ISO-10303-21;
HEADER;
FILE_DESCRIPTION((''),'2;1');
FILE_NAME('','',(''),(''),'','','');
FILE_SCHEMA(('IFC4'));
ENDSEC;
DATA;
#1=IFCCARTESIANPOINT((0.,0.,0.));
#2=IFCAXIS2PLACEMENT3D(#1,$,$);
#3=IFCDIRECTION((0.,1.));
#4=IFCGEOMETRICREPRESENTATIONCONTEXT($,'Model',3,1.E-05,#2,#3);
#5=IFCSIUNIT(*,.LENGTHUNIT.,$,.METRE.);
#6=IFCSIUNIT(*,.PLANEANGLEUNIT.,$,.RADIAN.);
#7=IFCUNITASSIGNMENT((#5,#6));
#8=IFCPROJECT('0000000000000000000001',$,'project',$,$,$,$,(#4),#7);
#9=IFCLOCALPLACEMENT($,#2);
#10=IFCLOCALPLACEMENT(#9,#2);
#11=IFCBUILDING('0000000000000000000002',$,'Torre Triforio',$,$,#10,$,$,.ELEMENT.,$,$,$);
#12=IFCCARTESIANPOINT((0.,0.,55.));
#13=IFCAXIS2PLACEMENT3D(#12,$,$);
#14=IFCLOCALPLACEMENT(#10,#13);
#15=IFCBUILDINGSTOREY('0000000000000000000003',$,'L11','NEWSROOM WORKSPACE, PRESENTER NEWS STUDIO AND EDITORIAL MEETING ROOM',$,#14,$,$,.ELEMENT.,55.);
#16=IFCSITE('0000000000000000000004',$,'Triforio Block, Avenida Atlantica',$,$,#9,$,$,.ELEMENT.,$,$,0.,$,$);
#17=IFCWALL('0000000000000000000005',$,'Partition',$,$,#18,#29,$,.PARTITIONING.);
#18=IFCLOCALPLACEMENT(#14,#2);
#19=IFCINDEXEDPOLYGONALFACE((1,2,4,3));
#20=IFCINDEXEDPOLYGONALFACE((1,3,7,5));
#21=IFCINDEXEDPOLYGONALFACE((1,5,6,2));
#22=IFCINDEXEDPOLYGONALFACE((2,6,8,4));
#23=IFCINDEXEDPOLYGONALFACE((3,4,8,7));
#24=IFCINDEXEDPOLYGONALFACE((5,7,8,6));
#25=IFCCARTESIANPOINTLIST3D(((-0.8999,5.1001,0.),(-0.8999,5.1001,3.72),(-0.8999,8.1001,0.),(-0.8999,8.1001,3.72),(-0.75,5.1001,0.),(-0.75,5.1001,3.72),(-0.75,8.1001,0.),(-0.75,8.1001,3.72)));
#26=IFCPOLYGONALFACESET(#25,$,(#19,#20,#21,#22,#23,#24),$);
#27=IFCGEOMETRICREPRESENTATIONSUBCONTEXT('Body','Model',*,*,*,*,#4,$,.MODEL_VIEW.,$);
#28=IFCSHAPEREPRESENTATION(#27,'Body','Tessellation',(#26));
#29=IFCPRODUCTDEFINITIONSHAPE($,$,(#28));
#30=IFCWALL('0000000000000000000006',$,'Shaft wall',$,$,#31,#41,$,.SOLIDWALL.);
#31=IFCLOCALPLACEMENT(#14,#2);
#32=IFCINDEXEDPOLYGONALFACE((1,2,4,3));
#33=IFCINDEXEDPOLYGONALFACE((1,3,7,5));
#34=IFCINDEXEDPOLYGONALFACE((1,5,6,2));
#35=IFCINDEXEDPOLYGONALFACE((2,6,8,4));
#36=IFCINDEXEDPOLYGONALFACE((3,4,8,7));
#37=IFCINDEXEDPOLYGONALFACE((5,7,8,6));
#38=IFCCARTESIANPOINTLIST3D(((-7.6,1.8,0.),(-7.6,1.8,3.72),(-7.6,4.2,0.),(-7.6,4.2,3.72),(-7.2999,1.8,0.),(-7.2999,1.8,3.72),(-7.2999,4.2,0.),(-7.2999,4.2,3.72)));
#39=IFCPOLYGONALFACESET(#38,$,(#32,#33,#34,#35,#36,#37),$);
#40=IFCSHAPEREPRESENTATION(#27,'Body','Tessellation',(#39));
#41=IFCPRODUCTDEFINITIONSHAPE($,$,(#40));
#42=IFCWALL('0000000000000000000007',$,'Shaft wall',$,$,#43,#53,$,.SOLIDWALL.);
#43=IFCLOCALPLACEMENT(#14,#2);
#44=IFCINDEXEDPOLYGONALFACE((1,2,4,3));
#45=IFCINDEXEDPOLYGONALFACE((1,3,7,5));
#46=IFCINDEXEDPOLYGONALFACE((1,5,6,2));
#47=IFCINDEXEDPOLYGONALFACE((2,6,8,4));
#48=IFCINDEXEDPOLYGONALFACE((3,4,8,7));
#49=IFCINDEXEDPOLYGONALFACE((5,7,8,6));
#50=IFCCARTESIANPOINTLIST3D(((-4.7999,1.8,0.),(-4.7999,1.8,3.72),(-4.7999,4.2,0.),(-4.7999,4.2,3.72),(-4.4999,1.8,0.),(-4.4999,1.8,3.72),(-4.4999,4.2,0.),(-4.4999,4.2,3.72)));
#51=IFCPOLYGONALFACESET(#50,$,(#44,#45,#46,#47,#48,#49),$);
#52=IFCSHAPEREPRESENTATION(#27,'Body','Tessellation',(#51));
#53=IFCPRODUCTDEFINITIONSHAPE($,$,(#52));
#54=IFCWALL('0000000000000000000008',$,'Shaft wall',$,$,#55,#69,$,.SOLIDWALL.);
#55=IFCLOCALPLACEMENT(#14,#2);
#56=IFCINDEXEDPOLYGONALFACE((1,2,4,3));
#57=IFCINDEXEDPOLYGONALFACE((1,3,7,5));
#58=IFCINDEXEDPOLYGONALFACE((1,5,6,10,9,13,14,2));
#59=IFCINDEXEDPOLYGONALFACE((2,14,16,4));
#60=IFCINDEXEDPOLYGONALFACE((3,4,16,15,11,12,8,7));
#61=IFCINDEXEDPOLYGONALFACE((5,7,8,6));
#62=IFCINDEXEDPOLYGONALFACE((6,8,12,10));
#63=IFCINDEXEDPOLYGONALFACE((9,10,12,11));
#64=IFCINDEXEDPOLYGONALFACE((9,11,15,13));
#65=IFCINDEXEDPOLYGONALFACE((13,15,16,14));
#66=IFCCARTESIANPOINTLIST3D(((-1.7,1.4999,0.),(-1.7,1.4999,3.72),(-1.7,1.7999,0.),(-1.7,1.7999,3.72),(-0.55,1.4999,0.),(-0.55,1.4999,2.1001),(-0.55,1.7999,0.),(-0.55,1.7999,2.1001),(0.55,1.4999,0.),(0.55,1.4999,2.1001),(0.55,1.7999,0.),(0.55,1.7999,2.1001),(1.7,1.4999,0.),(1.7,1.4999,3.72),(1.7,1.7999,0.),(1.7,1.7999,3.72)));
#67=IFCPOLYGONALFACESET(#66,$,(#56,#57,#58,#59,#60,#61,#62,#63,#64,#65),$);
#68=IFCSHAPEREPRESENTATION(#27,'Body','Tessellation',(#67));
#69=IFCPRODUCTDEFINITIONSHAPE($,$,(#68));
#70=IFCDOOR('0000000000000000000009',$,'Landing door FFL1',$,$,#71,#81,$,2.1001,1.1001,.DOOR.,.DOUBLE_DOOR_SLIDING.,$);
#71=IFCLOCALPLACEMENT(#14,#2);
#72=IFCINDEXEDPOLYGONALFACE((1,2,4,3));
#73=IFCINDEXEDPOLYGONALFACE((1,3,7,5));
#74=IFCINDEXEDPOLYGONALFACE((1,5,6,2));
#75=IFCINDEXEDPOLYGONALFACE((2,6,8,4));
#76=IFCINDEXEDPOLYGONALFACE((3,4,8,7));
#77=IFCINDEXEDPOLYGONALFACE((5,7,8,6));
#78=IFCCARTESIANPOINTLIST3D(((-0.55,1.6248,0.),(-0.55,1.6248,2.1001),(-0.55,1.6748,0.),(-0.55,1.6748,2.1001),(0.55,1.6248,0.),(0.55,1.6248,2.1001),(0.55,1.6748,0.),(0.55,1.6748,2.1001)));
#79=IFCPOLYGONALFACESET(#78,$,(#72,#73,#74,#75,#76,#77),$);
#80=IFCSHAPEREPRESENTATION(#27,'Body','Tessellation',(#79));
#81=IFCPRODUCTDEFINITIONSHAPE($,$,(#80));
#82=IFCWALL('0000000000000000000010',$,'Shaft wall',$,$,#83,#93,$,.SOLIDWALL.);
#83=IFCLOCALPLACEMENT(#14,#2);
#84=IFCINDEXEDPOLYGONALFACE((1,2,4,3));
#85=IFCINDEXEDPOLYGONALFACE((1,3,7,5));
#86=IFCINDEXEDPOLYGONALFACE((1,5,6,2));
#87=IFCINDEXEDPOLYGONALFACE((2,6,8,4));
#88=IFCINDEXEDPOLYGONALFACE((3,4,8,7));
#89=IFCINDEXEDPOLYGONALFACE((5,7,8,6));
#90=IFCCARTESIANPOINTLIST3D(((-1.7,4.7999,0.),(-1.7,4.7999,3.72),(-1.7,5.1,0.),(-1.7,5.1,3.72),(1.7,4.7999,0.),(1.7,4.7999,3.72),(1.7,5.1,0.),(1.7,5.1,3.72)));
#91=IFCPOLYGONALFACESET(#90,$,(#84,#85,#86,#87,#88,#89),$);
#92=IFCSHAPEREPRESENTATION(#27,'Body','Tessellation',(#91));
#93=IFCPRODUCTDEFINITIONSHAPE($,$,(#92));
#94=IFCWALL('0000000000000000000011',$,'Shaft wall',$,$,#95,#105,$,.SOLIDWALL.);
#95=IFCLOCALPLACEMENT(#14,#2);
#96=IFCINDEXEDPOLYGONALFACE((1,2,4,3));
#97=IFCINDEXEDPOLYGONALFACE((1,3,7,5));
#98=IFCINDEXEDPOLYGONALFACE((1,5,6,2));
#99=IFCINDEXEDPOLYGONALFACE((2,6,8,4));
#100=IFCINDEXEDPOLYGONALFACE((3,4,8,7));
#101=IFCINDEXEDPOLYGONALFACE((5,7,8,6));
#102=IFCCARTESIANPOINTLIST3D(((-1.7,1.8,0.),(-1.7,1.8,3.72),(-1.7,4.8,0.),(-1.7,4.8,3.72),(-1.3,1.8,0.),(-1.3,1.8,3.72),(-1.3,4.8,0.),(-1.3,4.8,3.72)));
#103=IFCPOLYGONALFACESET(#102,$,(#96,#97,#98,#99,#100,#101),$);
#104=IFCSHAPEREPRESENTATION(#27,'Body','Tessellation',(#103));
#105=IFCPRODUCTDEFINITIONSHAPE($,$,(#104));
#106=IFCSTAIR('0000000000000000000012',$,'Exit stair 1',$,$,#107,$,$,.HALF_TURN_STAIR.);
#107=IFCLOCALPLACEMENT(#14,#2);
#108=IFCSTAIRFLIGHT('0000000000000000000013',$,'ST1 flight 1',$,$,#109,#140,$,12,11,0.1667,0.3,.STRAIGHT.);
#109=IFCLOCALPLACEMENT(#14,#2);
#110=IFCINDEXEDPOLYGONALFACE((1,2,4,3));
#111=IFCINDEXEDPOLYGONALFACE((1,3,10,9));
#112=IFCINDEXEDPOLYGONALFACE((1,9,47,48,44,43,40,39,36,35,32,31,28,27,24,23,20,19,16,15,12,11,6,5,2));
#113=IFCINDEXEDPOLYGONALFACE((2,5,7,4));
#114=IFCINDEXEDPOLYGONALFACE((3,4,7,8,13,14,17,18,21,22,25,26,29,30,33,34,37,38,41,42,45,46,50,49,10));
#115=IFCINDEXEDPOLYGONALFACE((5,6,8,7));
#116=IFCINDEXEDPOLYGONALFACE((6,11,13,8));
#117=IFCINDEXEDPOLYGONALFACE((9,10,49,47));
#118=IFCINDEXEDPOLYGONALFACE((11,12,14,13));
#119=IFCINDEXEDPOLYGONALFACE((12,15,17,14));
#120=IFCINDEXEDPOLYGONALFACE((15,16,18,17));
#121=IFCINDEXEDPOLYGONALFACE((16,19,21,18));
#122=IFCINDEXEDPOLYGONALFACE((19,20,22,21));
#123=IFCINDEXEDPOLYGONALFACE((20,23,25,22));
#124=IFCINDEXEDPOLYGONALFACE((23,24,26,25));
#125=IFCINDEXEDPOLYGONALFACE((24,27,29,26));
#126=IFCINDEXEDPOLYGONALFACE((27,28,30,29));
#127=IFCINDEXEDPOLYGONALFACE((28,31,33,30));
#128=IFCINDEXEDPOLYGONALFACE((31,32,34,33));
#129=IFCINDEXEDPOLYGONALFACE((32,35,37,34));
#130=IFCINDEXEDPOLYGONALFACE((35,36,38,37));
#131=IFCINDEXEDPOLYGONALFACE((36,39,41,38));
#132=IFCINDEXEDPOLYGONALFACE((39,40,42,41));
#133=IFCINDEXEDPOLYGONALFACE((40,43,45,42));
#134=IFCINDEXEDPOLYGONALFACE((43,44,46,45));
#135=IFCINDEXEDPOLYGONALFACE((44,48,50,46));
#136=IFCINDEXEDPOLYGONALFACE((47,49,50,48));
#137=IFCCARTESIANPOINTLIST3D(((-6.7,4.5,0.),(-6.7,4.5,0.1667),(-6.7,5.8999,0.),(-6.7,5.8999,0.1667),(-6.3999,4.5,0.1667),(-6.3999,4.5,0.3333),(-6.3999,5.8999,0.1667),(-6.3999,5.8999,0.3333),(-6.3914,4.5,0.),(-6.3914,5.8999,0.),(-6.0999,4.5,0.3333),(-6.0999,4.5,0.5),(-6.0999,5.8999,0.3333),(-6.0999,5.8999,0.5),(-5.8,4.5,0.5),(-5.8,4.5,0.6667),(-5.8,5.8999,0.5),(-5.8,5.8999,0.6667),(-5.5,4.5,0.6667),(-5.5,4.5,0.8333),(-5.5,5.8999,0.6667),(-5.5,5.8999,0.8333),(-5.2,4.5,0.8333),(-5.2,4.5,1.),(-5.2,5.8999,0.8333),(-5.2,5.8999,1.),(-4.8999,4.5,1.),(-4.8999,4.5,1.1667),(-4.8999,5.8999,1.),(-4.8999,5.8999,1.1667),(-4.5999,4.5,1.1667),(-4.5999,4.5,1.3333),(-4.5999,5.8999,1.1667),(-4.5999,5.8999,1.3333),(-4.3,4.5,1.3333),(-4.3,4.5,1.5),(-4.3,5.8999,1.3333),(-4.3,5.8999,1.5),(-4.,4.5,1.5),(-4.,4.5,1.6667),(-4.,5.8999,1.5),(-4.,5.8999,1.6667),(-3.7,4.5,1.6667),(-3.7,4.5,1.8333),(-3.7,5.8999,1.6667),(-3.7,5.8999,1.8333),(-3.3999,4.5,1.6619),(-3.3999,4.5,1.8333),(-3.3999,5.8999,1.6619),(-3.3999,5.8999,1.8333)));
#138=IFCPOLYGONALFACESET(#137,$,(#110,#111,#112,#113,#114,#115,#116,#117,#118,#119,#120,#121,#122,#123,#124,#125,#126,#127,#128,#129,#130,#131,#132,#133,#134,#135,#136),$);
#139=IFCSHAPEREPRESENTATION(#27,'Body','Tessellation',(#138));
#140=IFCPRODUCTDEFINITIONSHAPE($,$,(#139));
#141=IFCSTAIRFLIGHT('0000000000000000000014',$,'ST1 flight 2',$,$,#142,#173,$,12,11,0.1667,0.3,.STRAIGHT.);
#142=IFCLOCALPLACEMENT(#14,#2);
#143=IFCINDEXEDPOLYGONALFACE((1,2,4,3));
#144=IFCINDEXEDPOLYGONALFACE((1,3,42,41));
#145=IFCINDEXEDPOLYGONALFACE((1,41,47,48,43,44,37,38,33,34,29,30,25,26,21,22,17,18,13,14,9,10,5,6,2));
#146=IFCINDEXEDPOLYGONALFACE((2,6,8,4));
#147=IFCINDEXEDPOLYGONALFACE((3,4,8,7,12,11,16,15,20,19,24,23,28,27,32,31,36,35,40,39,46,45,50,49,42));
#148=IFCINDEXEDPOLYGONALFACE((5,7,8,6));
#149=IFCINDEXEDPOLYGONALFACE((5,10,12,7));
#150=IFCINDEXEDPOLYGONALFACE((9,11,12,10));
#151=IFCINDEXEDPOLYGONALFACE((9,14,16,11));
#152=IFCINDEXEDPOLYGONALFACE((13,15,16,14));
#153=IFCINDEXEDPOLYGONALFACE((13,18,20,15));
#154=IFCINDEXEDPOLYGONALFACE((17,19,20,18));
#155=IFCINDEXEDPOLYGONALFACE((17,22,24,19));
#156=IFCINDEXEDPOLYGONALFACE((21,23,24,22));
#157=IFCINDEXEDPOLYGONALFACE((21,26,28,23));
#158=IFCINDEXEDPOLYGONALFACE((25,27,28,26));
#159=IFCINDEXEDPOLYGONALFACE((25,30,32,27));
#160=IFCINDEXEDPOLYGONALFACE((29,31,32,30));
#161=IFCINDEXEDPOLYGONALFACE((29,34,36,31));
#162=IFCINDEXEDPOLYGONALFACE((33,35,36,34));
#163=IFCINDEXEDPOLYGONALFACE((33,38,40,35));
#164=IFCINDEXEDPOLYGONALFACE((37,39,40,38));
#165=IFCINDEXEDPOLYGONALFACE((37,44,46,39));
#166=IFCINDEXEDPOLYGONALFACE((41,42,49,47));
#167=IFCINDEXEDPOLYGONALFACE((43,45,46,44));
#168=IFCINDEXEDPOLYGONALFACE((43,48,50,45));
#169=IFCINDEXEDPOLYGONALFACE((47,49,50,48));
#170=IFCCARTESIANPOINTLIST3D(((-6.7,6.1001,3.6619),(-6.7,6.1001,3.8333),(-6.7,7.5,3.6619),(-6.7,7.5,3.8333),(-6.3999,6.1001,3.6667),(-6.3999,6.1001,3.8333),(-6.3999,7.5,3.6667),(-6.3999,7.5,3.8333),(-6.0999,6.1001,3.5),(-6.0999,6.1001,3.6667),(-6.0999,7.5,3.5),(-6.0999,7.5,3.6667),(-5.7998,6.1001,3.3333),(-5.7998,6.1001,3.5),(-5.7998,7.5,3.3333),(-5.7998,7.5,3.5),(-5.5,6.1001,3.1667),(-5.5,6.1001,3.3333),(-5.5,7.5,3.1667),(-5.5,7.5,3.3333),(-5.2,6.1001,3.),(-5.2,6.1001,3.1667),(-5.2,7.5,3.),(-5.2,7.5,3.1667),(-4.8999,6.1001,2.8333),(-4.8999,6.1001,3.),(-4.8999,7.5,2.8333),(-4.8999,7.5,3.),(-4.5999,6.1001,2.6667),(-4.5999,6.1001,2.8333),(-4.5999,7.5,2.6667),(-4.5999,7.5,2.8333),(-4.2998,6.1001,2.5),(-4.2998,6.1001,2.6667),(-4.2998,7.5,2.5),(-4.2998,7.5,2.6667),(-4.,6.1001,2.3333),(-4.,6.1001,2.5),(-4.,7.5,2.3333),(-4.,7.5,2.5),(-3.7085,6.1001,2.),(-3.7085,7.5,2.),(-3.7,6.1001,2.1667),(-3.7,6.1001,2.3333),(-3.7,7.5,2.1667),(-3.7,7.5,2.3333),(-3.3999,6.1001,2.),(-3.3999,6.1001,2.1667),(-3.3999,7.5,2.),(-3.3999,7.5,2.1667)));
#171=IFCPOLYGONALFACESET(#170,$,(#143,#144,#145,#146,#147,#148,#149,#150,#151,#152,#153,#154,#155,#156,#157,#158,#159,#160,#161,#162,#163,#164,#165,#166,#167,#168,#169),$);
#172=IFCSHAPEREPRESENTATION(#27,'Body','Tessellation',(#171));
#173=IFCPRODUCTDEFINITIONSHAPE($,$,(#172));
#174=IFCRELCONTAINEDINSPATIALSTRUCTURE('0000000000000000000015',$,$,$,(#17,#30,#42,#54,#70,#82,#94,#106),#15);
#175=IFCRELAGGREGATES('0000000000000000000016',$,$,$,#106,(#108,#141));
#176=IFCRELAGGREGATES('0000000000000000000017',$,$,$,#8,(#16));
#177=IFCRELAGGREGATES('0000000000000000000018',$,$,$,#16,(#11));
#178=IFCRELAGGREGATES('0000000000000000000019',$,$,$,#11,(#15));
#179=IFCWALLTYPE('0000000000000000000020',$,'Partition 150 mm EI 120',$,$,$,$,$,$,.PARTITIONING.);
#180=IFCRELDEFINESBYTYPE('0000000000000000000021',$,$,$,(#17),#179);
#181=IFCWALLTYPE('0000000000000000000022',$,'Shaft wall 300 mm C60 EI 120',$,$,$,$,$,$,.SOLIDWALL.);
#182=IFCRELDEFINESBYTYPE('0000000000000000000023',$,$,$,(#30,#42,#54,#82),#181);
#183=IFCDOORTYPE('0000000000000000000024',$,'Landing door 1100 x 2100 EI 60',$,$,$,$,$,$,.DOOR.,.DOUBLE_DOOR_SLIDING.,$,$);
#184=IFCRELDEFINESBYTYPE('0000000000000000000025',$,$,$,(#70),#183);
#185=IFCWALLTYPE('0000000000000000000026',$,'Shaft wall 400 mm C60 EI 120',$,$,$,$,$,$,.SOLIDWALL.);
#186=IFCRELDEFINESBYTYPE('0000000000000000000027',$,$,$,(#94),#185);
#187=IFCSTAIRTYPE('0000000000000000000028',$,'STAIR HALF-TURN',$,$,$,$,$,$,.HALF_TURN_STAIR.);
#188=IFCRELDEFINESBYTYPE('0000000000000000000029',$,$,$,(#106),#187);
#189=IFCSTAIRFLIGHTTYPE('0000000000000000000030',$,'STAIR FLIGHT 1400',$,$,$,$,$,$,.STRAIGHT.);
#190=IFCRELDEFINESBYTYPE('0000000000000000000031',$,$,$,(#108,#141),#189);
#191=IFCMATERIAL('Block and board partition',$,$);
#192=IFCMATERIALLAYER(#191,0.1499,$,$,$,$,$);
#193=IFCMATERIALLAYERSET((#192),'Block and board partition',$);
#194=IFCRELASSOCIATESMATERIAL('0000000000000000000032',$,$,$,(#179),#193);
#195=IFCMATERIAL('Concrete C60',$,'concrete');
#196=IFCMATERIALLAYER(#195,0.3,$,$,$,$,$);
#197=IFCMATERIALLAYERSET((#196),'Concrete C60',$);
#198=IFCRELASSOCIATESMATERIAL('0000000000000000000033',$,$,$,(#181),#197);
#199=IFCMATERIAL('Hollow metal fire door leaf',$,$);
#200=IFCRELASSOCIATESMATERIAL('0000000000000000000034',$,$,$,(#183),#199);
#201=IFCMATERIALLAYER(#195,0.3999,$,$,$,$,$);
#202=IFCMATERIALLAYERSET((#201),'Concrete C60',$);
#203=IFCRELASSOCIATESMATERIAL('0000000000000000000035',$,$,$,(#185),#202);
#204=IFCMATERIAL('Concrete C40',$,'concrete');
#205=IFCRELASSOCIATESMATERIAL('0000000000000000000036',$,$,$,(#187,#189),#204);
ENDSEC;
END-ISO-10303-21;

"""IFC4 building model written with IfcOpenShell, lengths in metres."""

from ifc_helpers import new_model, si_unit, direction, frame, frame_2d, origin, place, context, subcontext, project, spatial, polyline, rectangle, outline, extrude, material, layer, layer_set, type_object, element, fill, aggregate, save


model = new_model("IFC4")

# Units and contexts
model_context = context("Model", 3, precision=1e-05, world=origin(), true_north=direction((0.0, 1.0)))
body_context = subcontext(model_context, "Body", "Model", "MODEL_VIEW")
ifc_project = project(units=[si_unit("LENGTHUNIT", "METRE"), si_unit("PLANEANGLEUNIT", "RADIAN")], contexts=[model_context])

# Site, building, storey
site_placement = place(None, origin())
site = spatial("IfcSite", under=ifc_project, at=site_placement, Name="Triforio Block, Avenida Atlantica", CompositionType="ELEMENT", RefElevation=0.0)
building_placement = place(site_placement, origin())
building = spatial("IfcBuilding", under=site, at=building_placement, Name="Torre Triforio", CompositionType="ELEMENT")
storey_placement = place(building_placement, frame((0.0, 0.0, 55.0)))
storey = spatial("IfcBuildingStorey", under=building, at=storey_placement, Name="L11", Description="NEWSROOM WORKSPACE, PRESENTER NEWS STUDIO AND EDITORIAL MEETING ROOM", CompositionType="ELEMENT", Elevation=55.0)

# Walls
ifc_material_1 = material(Name="Concrete C60", Category="concrete")
ifc_material_2 = material(Name="Block and board partition")
ifc_layer_1 = layer(ifc_material_2, 0.1499)
ifc_layer_set_1 = layer_set([ifc_layer_1], Name="Block and board partition")
wall_type_1 = type_object("IfcWallType", Name="Partition 150 mm EI 120", PredefinedType="PARTITIONING", material=ifc_layer_set_1)
wall_1_placement = place(storey_placement, frame((-0.825, 5.1001, 0.0), z_axis=(0.0, 0.0, 1.0), x_axis=(0.0, 1.0, 0.0)))
element("IfcWall", 1, at=wall_1_placement, inside=storey, type_object=wall_type_1, Name="Partition", PredefinedType="PARTITIONING", context=body_context, shape_type="SweptSolid", body=[
    extrude(rectangle(XDim=3.0, YDim=0.1499, at=frame_2d((1.5, 0.0))), origin(), (0.0, 0.0, 1.0), 3.72),
])
ifc_layer_2 = layer(ifc_material_1, 0.3)
ifc_layer_set_2 = layer_set([ifc_layer_2], Name="Concrete C60")
wall_type_2 = type_object("IfcWallType", Name="Shaft wall 300 mm C60 EI 120", PredefinedType="SOLIDWALL", material=ifc_layer_set_2)
for number, where, z_axis, x_axis, name in (
    (2, (-7.45, 1.8, 0.0), (0.0, 0.0, 1.0), (0.0, 1.0, 0.0), "Shaft wall"),
    (3, (-4.6499, 1.8, 0.0), (0.0, 0.0, 1.0), (0.0, 1.0, 0.0), "Shaft wall"),
):
    element("IfcWall", number, at=place(storey_placement, frame(where, z_axis=z_axis, x_axis=x_axis)), inside=storey, type_object=wall_type_2, Name=name, PredefinedType="SOLIDWALL", context=body_context, shape_type="SweptSolid", body=[
        extrude(rectangle(XDim=2.3999, YDim=0.3, at=frame_2d((1.2, 0.0))), origin(), (0.0, 0.0, 1.0), 3.72),
    ])

# Wall, opening, door
wall_2_placement = place(storey_placement, frame((-1.7, 1.6499, 0.0), z_axis=(0.0, 0.0, 1.0), x_axis=(1.0, 0.0, 0.0)))
wall_2 = element("IfcWall", 4, at=wall_2_placement, inside=storey, type_object=wall_type_2, Name="Shaft wall", PredefinedType="SOLIDWALL", context=body_context, shape_type="SweptSolid", body=[
    extrude(rectangle(XDim=3.3999, YDim=0.3, at=frame_2d((1.7, 0.0))), origin(), (0.0, 0.0, 1.0), 3.72),
])
opening_placement = place(wall_2_placement, frame((1.1499, 0.0, 0.0)))
opening = element("IfcOpeningElement", 5, at=opening_placement, cuts=wall_2, PredefinedType="OPENING", context=body_context, shape_type="SweptSolid", body=[
    extrude(rectangle(XDim=1.1001, YDim=2.1001, at=frame_2d((0.55, 1.05))), frame((0.0, 0.1599, 0.0), z_axis=(0.0, -1.0, 0.0), x_axis=(1.0, 0.0, 0.0)), (0.0, 0.0, 1.0), 0.3201),
])
ifc_material_3 = material(Name="Hollow metal fire door leaf")
door_type = type_object("IfcDoorType", Name="Landing door 1100 x 2100 EI 60", OperationType="DOUBLE_DOOR_SLIDING", PredefinedType="DOOR", material=ifc_material_3)
door_placement = place(opening_placement, origin())
door = element("IfcDoor", 6, at=door_placement, inside=storey, type_object=door_type, Name="Landing door FFL1", OperationType="DOUBLE_DOOR_SLIDING", OverallHeight=2.1001, OverallWidth=1.1001, PredefinedType="DOOR", context=body_context, shape_type="SweptSolid", body=[
    extrude(rectangle(XDim=1.1001, YDim=2.1001, at=frame_2d((0.55, 1.05))), frame((0.0, 0.0249, 0.0), z_axis=(0.0, -1.0, 0.0), x_axis=(1.0, 0.0, 0.0)), (0.0, 0.0, 1.0), 0.05),
])
fill(opening, door)

# Walls
wall_3_placement = place(storey_placement, frame((-1.7, 4.95, 0.0), z_axis=(0.0, 0.0, 1.0), x_axis=(1.0, 0.0, 0.0)))
element("IfcWall", 7, at=wall_3_placement, inside=storey, type_object=wall_type_2, Name="Shaft wall", PredefinedType="SOLIDWALL", context=body_context, shape_type="SweptSolid", body=[
    extrude(rectangle(XDim=3.3999, YDim=0.3, at=frame_2d((1.7, 0.0))), origin(), (0.0, 0.0, 1.0), 3.72),
])
ifc_layer_3 = layer(ifc_material_1, 0.3999)
ifc_layer_set_3 = layer_set([ifc_layer_3], Name="Concrete C60")
wall_type_3 = type_object("IfcWallType", Name="Shaft wall 400 mm C60 EI 120", PredefinedType="SOLIDWALL", material=ifc_layer_set_3)
wall_4_placement = place(storey_placement, frame((-1.5, 1.8, 0.0), z_axis=(0.0, 0.0, 1.0), x_axis=(0.0, 1.0, 0.0)))
element("IfcWall", 8, at=wall_4_placement, inside=storey, type_object=wall_type_3, Name="Shaft wall", PredefinedType="SOLIDWALL", context=body_context, shape_type="SweptSolid", body=[
    extrude(rectangle(XDim=3.0, YDim=0.3999, at=frame_2d((1.5, 0.0))), origin(), (0.0, 0.0, 1.0), 3.72),
])

# Stair, stair flights
ifc_material_4 = material(Name="Concrete C40", Category="concrete")
stair_type = type_object("IfcStairType", Name="STAIR HALF-TURN", PredefinedType="HALF_TURN_STAIR", material=ifc_material_4)
stair_placement = place(storey_placement, origin())
stair = element("IfcStair", 9, at=stair_placement, inside=storey, type_object=stair_type, Name="Exit stair 1", PredefinedType="HALF_TURN_STAIR")
stair_flight_type = type_object("IfcStairFlightType", Name="STAIR FLIGHT 1400", PredefinedType="STRAIGHT", material=ifc_material_4)
stair_flight_1_placement = place(storey_placement, frame((-6.7, 5.2, 0.0), z_axis=(0.0, 0.0, 1.0), x_axis=(1.0, 0.0, 0.0)))
stair_flight_1 = element("IfcStairFlight", 10, at=stair_flight_1_placement, type_object=stair_flight_type, Name="ST1 flight 1", NumberOfRisers=12, NumberOfTreads=11, PredefinedType="STRAIGHT", RiserHeight=0.1667, TreadLength=0.3, context=body_context, shape_type="SweptSolid", body=[
    extrude(outline(polyline([(0.0, 0.0), (0.0, 0.1667), (0.3, 0.1667), (0.3, 0.3333), (0.6001, 0.3333), (0.6001, 0.5), (0.8999, 0.5), (0.8999, 0.6667), (1.2, 0.6667), (1.2, 0.8333), (1.5, 0.8333), (1.5, 1.0), (1.8, 1.0), (1.8, 1.1667), (2.1001, 1.1667), (2.1001, 1.3333), (2.3999, 1.3333), (2.3999, 1.5), (2.7, 1.5), (2.7, 1.6667), (3.0, 1.6667), (3.0, 1.8333), (3.3, 1.8333), (3.3, 2.0), (3.3, 1.6619), (0.3086, 0.0), (0.0, 0.0)])), frame((0.0, 0.7, 0.0), z_axis=(0.0, -1.0, 0.0), x_axis=(1.0, 0.0, 0.0)), (0.0, 0.0, 1.0), 1.3999),
])
stair_flight_2_placement = place(storey_placement, frame((-3.3999, 6.8, 2.0), z_axis=(0.0, 0.0, 1.0), x_axis=(-1.0, 0.0, 0.0)))
stair_flight_2 = element("IfcStairFlight", 11, at=stair_flight_2_placement, type_object=stair_flight_type, Name="ST1 flight 2", NumberOfRisers=12, NumberOfTreads=11, PredefinedType="STRAIGHT", RiserHeight=0.1667, TreadLength=0.3, context=body_context, shape_type="SweptSolid", body=[
    extrude(outline(polyline([(0.0, 0.0), (0.0, 0.1667), (0.3, 0.1667), (0.3, 0.3333), (0.6001, 0.3333), (0.6001, 0.5), (0.8999, 0.5), (0.8999, 0.6667), (1.2, 0.6667), (1.2, 0.8333), (1.5, 0.8333), (1.5, 1.0), (1.8, 1.0), (1.8, 1.1667), (2.1001, 1.1667), (2.1001, 1.3333), (2.3999, 1.3333), (2.3999, 1.5), (2.7, 1.5), (2.7, 1.6667), (3.0, 1.6667), (3.0, 1.8333), (3.3, 1.8333), (3.3, 2.0), (3.3, 1.6619), (0.3086, 0.0), (0.0, 0.0)])), frame((0.0, 0.7, 0.0), z_axis=(0.0, -1.0, 0.0), x_axis=(1.0, 0.0, 0.0)), (0.0, 0.0, 1.0), 1.3999),
])
aggregate(stair, [stair_flight_1, stair_flight_2])

save(model, "model.ifc")
